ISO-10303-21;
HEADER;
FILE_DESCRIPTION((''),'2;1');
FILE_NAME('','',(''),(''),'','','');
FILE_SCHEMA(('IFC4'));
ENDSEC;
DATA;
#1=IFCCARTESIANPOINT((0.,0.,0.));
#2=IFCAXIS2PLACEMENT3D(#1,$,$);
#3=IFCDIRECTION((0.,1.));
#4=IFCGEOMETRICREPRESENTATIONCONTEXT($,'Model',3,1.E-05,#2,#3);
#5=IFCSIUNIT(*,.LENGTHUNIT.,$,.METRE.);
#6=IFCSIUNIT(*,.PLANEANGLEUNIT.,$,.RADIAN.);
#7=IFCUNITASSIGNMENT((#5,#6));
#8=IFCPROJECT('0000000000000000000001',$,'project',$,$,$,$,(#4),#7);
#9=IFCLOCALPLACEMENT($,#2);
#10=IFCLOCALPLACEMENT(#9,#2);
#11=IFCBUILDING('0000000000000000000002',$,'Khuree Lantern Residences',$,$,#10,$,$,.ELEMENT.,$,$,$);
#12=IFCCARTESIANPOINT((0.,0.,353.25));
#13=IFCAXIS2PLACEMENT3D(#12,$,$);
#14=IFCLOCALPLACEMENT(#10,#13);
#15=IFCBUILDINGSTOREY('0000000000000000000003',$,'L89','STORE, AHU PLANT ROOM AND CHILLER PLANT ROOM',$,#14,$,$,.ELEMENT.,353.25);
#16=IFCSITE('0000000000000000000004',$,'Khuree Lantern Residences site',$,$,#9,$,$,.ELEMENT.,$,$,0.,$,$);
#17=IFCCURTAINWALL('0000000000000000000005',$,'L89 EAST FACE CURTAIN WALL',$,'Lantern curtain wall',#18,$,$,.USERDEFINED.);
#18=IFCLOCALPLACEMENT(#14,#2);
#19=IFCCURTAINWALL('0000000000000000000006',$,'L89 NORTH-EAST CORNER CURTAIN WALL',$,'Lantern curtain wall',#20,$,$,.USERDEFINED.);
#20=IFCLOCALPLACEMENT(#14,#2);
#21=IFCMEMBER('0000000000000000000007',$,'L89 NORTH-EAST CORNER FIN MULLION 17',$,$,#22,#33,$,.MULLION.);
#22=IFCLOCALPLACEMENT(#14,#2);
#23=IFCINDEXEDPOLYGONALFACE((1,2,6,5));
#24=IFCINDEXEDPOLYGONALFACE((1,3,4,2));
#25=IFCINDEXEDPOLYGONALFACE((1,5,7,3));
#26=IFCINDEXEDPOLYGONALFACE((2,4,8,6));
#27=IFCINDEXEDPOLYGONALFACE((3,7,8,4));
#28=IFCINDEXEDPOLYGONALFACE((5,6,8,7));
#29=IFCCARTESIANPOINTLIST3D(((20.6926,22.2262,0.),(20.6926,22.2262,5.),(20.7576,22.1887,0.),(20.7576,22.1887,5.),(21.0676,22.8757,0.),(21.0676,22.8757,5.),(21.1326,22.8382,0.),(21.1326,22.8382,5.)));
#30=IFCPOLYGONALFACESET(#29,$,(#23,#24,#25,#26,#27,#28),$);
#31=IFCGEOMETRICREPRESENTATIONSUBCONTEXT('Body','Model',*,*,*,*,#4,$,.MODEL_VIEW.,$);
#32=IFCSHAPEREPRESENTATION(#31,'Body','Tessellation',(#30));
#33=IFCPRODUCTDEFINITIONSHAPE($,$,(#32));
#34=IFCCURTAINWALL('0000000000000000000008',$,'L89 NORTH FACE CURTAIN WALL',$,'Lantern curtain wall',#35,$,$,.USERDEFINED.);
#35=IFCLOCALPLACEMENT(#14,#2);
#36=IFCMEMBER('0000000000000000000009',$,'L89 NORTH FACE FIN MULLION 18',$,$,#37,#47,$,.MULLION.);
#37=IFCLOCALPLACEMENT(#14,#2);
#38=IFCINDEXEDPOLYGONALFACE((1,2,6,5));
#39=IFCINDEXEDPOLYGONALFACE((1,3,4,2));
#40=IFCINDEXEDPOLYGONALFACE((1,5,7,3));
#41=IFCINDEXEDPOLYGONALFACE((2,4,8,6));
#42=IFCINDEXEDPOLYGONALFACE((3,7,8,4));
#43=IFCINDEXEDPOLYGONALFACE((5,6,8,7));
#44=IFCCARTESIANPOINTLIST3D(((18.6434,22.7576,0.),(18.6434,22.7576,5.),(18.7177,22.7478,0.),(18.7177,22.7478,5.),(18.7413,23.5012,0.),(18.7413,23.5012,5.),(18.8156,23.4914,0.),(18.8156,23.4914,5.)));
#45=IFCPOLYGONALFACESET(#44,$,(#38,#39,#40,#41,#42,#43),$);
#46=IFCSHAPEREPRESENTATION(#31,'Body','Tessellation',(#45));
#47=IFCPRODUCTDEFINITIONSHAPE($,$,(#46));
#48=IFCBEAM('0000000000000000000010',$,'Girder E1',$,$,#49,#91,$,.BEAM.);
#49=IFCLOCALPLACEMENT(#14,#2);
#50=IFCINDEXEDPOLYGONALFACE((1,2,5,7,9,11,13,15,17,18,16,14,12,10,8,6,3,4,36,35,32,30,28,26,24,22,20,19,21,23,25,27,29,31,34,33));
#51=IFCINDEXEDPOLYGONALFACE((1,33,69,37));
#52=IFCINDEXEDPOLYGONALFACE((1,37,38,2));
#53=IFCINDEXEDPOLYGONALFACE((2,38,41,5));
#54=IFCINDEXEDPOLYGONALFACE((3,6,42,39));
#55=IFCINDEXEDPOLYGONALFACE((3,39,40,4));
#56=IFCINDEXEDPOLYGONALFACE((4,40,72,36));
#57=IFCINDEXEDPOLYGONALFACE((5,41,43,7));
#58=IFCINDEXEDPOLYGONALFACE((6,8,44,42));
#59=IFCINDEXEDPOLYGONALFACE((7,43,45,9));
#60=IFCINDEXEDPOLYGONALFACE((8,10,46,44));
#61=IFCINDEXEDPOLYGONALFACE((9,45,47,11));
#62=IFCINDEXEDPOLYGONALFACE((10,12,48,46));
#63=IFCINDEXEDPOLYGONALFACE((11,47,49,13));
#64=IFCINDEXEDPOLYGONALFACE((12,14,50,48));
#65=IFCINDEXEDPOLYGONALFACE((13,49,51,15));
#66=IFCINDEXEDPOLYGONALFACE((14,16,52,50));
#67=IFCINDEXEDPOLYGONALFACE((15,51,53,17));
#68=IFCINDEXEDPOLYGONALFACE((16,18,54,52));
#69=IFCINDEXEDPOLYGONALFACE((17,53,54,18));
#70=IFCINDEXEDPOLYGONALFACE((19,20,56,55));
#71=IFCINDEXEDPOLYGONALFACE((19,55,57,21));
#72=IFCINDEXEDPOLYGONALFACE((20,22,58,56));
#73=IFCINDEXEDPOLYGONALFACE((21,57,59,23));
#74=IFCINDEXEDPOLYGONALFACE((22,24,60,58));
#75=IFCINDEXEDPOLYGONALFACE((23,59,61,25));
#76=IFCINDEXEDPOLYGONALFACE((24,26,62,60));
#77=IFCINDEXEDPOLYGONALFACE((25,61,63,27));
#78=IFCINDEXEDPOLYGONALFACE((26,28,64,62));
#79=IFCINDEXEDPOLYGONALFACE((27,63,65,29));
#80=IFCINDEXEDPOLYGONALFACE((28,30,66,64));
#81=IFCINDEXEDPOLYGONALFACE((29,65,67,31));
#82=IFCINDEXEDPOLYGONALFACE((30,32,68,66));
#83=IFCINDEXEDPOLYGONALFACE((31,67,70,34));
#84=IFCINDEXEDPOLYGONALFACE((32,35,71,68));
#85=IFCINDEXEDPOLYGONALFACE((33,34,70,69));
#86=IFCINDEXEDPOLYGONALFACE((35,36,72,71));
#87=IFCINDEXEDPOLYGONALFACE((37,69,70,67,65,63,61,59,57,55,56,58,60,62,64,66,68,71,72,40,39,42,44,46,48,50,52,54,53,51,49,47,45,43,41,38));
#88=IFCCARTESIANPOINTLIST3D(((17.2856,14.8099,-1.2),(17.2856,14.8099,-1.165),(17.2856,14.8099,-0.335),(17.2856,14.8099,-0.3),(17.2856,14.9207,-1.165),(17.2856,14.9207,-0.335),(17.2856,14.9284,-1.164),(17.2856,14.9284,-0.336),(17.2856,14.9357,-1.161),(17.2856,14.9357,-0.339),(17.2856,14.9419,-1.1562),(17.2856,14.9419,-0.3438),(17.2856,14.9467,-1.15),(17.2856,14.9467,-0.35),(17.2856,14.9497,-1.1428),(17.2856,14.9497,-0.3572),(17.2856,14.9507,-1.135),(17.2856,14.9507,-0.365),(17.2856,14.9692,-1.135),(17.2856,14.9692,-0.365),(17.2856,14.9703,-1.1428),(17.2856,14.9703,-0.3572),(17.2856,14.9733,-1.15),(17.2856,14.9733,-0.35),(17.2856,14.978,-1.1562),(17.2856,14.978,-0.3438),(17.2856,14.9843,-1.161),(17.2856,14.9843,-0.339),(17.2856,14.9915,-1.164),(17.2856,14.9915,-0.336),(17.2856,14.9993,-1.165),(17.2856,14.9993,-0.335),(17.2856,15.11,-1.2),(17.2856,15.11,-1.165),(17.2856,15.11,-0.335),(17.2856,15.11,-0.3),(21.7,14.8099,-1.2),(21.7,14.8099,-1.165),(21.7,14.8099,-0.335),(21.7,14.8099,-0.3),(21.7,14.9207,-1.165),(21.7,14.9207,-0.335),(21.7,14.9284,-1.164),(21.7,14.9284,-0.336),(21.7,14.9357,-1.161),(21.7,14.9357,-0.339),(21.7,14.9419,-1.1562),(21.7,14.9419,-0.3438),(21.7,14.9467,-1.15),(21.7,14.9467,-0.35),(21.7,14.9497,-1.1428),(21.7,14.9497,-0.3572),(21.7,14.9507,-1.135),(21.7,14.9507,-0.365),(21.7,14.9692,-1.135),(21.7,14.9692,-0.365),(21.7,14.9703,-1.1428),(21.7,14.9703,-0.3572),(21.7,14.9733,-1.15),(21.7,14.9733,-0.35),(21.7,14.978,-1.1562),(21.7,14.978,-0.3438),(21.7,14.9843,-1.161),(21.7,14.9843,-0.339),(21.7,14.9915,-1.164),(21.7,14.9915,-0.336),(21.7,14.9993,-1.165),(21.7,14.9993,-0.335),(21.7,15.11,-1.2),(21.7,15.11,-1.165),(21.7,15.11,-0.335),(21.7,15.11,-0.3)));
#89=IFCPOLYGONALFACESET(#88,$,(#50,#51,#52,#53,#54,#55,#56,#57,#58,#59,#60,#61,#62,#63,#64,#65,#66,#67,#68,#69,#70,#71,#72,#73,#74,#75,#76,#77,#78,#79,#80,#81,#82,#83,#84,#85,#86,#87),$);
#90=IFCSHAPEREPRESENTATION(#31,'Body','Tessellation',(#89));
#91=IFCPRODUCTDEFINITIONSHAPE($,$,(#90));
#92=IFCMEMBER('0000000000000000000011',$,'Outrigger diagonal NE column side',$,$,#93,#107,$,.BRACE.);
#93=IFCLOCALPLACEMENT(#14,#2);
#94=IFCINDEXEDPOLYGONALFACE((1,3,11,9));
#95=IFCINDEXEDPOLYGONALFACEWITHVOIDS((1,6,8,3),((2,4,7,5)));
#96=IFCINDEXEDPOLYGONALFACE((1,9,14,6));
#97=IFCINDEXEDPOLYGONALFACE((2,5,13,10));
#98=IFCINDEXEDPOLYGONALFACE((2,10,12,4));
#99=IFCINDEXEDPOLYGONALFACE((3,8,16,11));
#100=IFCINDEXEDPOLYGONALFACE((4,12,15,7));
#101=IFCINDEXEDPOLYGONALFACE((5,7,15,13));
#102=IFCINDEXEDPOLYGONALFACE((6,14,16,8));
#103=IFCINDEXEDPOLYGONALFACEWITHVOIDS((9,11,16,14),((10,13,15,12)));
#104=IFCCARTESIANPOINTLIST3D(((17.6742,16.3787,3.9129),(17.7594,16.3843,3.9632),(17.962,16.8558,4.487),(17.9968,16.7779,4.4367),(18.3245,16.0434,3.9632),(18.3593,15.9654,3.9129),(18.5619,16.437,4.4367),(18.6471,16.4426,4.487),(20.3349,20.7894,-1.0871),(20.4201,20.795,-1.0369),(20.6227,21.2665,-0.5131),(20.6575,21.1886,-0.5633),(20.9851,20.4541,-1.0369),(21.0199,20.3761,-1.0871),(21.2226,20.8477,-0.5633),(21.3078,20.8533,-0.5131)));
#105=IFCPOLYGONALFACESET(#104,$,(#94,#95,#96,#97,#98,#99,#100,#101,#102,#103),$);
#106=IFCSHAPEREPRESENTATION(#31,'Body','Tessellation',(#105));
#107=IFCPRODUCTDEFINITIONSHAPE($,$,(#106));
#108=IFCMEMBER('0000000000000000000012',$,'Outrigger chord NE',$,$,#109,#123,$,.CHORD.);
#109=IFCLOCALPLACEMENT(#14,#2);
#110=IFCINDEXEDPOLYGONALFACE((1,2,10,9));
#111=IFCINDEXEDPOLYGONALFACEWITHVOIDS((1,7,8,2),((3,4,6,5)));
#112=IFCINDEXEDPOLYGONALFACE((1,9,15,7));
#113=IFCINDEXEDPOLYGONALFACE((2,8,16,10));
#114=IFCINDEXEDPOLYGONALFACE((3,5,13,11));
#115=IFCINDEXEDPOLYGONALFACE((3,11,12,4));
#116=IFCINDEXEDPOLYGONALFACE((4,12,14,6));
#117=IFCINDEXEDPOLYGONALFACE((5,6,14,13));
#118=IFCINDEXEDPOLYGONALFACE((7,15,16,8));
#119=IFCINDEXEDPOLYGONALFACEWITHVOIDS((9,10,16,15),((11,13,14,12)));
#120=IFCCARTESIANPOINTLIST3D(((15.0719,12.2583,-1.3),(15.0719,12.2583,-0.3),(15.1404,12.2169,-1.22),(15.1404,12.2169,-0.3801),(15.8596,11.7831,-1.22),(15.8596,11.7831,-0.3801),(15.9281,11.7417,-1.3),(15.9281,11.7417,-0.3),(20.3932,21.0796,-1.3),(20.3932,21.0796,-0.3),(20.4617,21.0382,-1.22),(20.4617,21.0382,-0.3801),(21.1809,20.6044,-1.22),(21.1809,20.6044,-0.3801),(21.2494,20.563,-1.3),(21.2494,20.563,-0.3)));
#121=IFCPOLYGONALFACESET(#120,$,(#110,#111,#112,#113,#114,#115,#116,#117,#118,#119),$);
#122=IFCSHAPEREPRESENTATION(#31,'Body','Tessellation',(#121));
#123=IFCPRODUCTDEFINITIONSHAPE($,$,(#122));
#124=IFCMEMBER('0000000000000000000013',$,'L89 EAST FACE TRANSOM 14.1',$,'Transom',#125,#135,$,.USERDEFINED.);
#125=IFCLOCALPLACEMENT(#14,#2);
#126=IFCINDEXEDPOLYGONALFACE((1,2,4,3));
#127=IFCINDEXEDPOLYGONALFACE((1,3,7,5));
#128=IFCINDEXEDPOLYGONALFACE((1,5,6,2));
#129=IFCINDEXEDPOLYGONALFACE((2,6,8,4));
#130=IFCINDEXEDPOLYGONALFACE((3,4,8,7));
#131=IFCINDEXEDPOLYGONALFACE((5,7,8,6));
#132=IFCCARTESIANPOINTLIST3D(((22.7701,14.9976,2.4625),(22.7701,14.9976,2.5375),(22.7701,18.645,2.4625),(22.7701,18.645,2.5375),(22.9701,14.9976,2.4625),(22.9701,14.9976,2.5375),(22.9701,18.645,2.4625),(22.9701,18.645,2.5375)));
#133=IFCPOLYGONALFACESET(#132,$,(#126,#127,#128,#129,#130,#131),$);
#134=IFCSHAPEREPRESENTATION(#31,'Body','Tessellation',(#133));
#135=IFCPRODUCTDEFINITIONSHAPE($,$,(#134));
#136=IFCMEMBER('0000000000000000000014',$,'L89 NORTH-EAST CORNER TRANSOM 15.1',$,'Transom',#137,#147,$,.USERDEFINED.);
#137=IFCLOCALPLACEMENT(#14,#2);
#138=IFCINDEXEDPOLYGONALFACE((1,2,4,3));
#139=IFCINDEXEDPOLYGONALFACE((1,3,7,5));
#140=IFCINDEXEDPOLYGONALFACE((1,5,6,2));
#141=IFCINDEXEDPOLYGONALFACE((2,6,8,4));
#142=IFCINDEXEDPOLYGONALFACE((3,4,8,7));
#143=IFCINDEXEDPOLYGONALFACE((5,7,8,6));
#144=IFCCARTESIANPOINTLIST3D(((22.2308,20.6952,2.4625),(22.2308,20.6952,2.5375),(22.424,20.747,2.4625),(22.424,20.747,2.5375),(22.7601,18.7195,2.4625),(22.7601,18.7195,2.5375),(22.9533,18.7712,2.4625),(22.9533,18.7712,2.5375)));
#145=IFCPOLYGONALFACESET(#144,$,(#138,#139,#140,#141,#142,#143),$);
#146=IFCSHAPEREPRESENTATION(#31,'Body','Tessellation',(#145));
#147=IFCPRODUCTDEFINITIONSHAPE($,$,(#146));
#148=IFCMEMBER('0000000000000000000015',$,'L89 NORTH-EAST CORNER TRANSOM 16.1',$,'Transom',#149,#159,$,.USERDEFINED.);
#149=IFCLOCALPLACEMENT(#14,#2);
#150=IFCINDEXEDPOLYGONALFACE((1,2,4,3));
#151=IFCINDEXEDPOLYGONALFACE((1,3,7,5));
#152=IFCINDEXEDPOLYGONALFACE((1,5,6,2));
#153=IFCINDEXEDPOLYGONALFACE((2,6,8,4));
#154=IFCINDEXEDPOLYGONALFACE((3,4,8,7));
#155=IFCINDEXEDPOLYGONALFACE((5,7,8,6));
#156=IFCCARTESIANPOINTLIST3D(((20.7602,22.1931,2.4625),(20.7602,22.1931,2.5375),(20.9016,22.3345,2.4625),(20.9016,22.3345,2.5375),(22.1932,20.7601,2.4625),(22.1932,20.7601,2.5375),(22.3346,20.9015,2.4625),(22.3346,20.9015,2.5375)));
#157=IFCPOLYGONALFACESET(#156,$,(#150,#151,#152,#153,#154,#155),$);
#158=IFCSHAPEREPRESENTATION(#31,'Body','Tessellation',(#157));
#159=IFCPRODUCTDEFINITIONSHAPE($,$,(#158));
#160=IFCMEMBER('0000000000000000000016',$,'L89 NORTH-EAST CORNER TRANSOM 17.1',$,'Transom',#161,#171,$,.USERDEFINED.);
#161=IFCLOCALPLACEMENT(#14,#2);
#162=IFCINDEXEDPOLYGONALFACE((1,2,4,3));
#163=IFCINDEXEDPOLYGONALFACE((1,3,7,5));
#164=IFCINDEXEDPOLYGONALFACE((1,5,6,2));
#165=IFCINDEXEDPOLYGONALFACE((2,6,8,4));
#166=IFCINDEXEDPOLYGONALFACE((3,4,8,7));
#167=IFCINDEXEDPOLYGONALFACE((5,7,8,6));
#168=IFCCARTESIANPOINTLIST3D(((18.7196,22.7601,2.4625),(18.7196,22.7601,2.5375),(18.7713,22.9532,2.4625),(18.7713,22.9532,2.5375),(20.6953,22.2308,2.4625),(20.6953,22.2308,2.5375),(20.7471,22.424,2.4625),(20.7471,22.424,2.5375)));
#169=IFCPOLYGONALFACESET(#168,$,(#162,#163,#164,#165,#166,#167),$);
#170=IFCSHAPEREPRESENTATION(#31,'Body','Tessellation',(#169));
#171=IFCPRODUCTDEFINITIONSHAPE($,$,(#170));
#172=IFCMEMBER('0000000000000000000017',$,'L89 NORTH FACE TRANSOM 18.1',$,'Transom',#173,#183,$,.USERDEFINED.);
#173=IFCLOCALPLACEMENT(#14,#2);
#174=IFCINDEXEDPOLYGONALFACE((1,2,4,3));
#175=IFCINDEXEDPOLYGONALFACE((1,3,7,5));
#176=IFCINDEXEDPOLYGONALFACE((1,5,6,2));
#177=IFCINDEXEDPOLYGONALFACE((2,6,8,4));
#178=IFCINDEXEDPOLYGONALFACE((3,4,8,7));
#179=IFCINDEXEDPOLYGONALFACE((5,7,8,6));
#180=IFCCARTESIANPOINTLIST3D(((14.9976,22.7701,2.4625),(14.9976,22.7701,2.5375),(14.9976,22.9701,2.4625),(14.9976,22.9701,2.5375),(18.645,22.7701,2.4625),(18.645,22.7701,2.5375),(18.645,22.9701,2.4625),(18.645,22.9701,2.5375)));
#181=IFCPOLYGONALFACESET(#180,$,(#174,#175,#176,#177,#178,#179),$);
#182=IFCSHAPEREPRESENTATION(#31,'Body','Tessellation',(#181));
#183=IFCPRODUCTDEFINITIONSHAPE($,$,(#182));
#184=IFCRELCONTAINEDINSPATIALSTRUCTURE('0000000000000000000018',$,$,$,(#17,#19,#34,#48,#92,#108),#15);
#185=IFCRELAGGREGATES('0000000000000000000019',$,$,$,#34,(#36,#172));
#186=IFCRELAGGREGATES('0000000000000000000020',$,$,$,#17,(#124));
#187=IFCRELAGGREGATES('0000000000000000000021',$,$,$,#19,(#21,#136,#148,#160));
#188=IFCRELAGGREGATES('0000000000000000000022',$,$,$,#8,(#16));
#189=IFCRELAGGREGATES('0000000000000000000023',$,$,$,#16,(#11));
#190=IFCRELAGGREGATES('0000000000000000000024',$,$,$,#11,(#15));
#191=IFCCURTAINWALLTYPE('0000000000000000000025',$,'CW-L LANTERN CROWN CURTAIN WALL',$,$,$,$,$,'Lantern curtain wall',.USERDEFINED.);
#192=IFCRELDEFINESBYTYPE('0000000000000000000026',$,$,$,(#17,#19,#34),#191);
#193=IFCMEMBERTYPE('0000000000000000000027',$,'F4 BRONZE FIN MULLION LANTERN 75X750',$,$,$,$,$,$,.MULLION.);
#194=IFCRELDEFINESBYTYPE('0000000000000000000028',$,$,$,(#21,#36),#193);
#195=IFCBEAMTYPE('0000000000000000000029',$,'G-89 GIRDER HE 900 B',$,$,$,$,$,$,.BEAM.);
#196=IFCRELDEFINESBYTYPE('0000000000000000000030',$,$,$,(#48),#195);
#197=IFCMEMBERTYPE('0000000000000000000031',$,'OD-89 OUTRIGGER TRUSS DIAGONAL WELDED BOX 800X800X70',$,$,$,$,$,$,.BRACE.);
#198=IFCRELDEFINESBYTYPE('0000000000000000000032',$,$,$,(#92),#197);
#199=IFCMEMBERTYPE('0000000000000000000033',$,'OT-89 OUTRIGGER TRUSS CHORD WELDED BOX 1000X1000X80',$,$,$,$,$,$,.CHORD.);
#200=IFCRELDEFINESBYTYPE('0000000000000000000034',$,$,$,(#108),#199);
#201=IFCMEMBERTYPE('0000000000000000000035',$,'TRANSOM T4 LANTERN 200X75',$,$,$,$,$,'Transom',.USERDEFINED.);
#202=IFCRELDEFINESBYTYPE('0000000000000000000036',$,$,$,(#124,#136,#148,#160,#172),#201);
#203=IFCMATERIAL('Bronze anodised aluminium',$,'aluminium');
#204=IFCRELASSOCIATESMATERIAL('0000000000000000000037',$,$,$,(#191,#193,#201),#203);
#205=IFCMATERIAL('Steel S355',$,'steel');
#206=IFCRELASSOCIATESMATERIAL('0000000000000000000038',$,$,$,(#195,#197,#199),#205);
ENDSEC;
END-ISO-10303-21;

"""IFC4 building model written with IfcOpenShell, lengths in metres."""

from ifc_helpers import new_model, si_unit, direction, frame, origin, origin_2d, place, context, subcontext, project, spatial, rectangle, hollow_rectangle, i_section, extrude, material, material_profile, profile_set, type_object, element, aggregate, save


model = new_model("IFC4")

# Units and contexts
model_context = context("Model", 3, precision=1e-05, world=origin(), true_north=direction((0.0, 1.0)))
body_context = subcontext(model_context, "Body", "Model", "MODEL_VIEW")
ifc_project = project(units=[si_unit("LENGTHUNIT", "METRE"), si_unit("PLANEANGLEUNIT", "RADIAN")], contexts=[model_context])

# Site, building, storey
site_placement = place(None, origin())
site = spatial("IfcSite", under=ifc_project, at=site_placement, Name="Khuree Lantern Residences site", CompositionType="ELEMENT", RefElevation=0.0)
building_placement = place(site_placement, origin())
building = spatial("IfcBuilding", under=site, at=building_placement, Name="Khuree Lantern Residences", CompositionType="ELEMENT")
storey_placement = place(building_placement, frame((0.0, 0.0, 353.25)))
storey = spatial("IfcBuildingStorey", under=building, at=storey_placement, Name="L89", Description="STORE, AHU PLANT ROOM AND CHILLER PLANT ROOM", CompositionType="ELEMENT", Elevation=353.25)

# Shared definitions
ifc_material_1 = material(Name="Steel S355", Category="steel")

# Curtain wall
ifc_material_2 = material(Name="Bronze anodised aluminium", Category="aluminium")
curtain_wall_type = type_object("IfcCurtainWallType", Name="CW-L LANTERN CROWN CURTAIN WALL", ElementType="Lantern curtain wall", PredefinedType="USERDEFINED", material=ifc_material_2)
curtain_wall_1_placement = place(storey_placement, origin())
curtain_wall_1 = element("IfcCurtainWall", 1, at=curtain_wall_1_placement, inside=storey, type_object=curtain_wall_type, Name="L89 EAST FACE CURTAIN WALL", ObjectType="Lantern curtain wall", PredefinedType="USERDEFINED")
ifc_material_profile_1 = material_profile(ifc_material_2, rectangle(XDim=0.075, YDim=0.75, at=origin_2d()), Name="F4 75X750")
ifc_profile_set_1 = profile_set([ifc_material_profile_1], Name="Bronze anodised aluminium")
member_type_1 = type_object("IfcMemberType", Name="F4 BRONZE FIN MULLION LANTERN 75X750", PredefinedType="MULLION", material=ifc_profile_set_1)

# Curtain wall, member
curtain_wall_2_placement = place(storey_placement, origin())
curtain_wall_2 = element("IfcCurtainWall", 2, at=curtain_wall_2_placement, inside=storey, type_object=curtain_wall_type, Name="L89 NORTH-EAST CORNER CURTAIN WALL", ObjectType="Lantern curtain wall", PredefinedType="USERDEFINED")
member_1_placement = place(storey_placement, frame((20.9126, 22.5322, 0.0), z_axis=(0.0, 0.0, 1.0), x_axis=(-0.866025, 0.5, 0.0)))
member_1 = element("IfcMember", 3, at=member_1_placement, type_object=member_type_1, Name="L89 NORTH-EAST CORNER FIN MULLION 17", PredefinedType="MULLION", context=body_context, shape_type="SweptSolid", body=[
    extrude(rectangle(XDim=0.075, YDim=0.75, at=origin_2d()), origin(), (0.0, 0.0, 1.0), 5.0),
])

# Curtain wall, member
curtain_wall_3_placement = place(storey_placement, origin())
curtain_wall_3 = element("IfcCurtainWall", 4, at=curtain_wall_3_placement, inside=storey, type_object=curtain_wall_type, Name="L89 NORTH FACE CURTAIN WALL", ObjectType="Lantern curtain wall", PredefinedType="USERDEFINED")
member_2_placement = place(storey_placement, frame((18.7295, 23.1245, 0.0), z_axis=(0.0, 0.0, 1.0), x_axis=(-0.991445, 0.130526, 0.0)))
member_2 = element("IfcMember", 5, at=member_2_placement, type_object=member_type_1, Name="L89 NORTH FACE FIN MULLION 18", PredefinedType="MULLION", context=body_context, shape_type="SweptSolid", body=[
    extrude(rectangle(XDim=0.075, YDim=0.75, at=origin_2d()), origin(), (0.0, 0.0, 1.0), 5.0),
])

# Beam
ifc_material_profile_2 = material_profile(ifc_material_1, i_section(OverallWidth=0.3, OverallDepth=0.8999, WebThickness=0.0186, FlangeThickness=0.0349, FilletRadius=0.03, at=origin_2d()), Name="HE 900 B")
ifc_profile_set_2 = profile_set([ifc_material_profile_2], Name="Steel S355")
beam_type_1 = type_object("IfcBeamType", Name="G-89 GIRDER HE 900 B", PredefinedType="BEAM", material=ifc_profile_set_2)
beam_1_placement = place(storey_placement, frame((21.7, 14.96, -0.75), z_axis=(-1.0, 0.0, 0.0), x_axis=(0.0, -1.0, 0.0)))
element("IfcBeam", 6, at=beam_1_placement, inside=storey, type_object=beam_type_1, Name="Girder E1", PredefinedType="BEAM", context=body_context, shape_type="SweptSolid", body=[
    extrude(i_section(OverallWidth=0.3, OverallDepth=0.8999, WebThickness=0.0186, FlangeThickness=0.0349, FilletRadius=0.03, at=origin_2d()), origin(), (0.0, 0.0, 1.0), 4.4143),
])

# Members
ifc_material_profile_3 = material_profile(ifc_material_1, hollow_rectangle(XDim=0.8, YDim=0.8, WallThickness=0.0701, at=origin_2d()), Name="WELDED BOX 800X800X70")
ifc_profile_set_3 = profile_set([ifc_material_profile_3], Name="Steel S355")
member_type_2 = type_object("IfcMemberType", Name="OD-89 OUTRIGGER TRUSS DIAGONAL WELDED BOX 800X800X70", PredefinedType="BRACE", material=ifc_profile_set_3)
member_3_placement = place(storey_placement, frame((18.1606, 16.4106, 4.2), z_axis=(0.370634, 0.614413, -0.696511), x_axis=(-0.856269, 0.51653, 0.0)))
element("IfcMember", 7, at=member_3_placement, inside=storey, type_object=member_type_2, Name="Outrigger diagonal NE column side", PredefinedType="BRACE", context=body_context, shape_type="SweptSolid", body=[
    extrude(hollow_rectangle(XDim=0.8, YDim=0.8, WallThickness=0.0701, at=origin_2d()), origin(), (0.0, 0.0, 1.0), 7.1787),
])
ifc_material_profile_4 = material_profile(ifc_material_1, hollow_rectangle(XDim=1.0, YDim=1.0, WallThickness=0.0801, at=origin_2d()), Name="WELDED BOX 1000X1000X80")
ifc_profile_set_4 = profile_set([ifc_material_profile_4], Name="Steel S355")
member_type_3 = type_object("IfcMemberType", Name="OT-89 OUTRIGGER TRUSS CHORD WELDED BOX 1000X1000X80", PredefinedType="CHORD", material=ifc_profile_set_4)
member_4_placement = place(storey_placement, frame((20.8213, 20.8213, -0.8), z_axis=(-0.51653, -0.856269, 0.0), x_axis=(0.856269, -0.51653, 0.0)))
element("IfcMember", 8, at=member_4_placement, inside=storey, type_object=member_type_3, Name="Outrigger chord NE", PredefinedType="CHORD", context=body_context, shape_type="SweptSolid", body=[
    extrude(hollow_rectangle(XDim=1.0, YDim=1.0, WallThickness=0.0801, at=origin_2d()), origin(), (0.0, 0.0, 1.0), 10.302),
])

# Members
ifc_material_profile_5 = material_profile(ifc_material_2, rectangle(XDim=0.2, YDim=0.075, at=origin_2d()), Name="T4 200X75")
ifc_profile_set_5 = profile_set([ifc_material_profile_5], Name="Bronze anodised aluminium")
member_type_4 = type_object("IfcMemberType", Name="TRANSOM T4 LANTERN 200X75", ElementType="Transom", PredefinedType="USERDEFINED", material=ifc_profile_set_5)
member_5_placement = place(storey_placement, frame((22.8701, 14.9976, 2.5), z_axis=(0.0, 1.0, 0.0), x_axis=(-1.0, 0.0, 0.0)))
member_5 = element("IfcMember", 9, at=member_5_placement, type_object=member_type_4, Name="L89 EAST FACE TRANSOM 14.1", ObjectType="Transom", PredefinedType="USERDEFINED", context=body_context, shape_type="SweptSolid", body=[
    extrude(rectangle(XDim=0.2, YDim=0.075, at=origin_2d()), origin(), (0.0, 0.0, 1.0), 3.6475),
])
member_6_placement = place(storey_placement, frame((22.8567, 18.7454, 2.5), z_axis=(-0.258762, 0.965941, 0.0), x_axis=(-0.965941, -0.258762, 0.0)))
member_6 = element("IfcMember", 10, at=member_6_placement, type_object=member_type_4, Name="L89 NORTH-EAST CORNER TRANSOM 15.1", ObjectType="Transom", PredefinedType="USERDEFINED", context=body_context, shape_type="SweptSolid", body=[
    extrude(rectangle(XDim=0.2, YDim=0.075, at=origin_2d()), origin(), (0.0, 0.0, 1.0), 2.0454),
])
member_7_placement = place(storey_placement, frame((22.2639, 20.8308, 2.5), z_axis=(-0.707107, 0.707107, 0.0), x_axis=(-0.707107, -0.707107, 0.0)))
member_7 = element("IfcMember", 11, at=member_7_placement, type_object=member_type_4, Name="L89 NORTH-EAST CORNER TRANSOM 16.1", ObjectType="Transom", PredefinedType="USERDEFINED", context=body_context, shape_type="SweptSolid", body=[
    extrude(rectangle(XDim=0.2, YDim=0.075, at=origin_2d()), origin(), (0.0, 0.0, 1.0), 2.0266),
])
member_8_placement = place(storey_placement, frame((20.7212, 22.3274, 2.5), z_axis=(-0.965941, 0.258762, 0.0), x_axis=(-0.258762, -0.965941, 0.0)))
member_8 = element("IfcMember", 12, at=member_8_placement, type_object=member_type_4, Name="L89 NORTH-EAST CORNER TRANSOM 17.1", ObjectType="Transom", PredefinedType="USERDEFINED", context=body_context, shape_type="SweptSolid", body=[
    extrude(rectangle(XDim=0.2, YDim=0.075, at=origin_2d()), origin(), (0.0, 0.0, 1.0), 2.0454),
])
member_9_placement = place(storey_placement, frame((18.645, 22.8701, 2.5), z_axis=(-1.0, 0.0, 0.0), x_axis=(0.0, -1.0, 0.0)))
member_9 = element("IfcMember", 13, at=member_9_placement, type_object=member_type_4, Name="L89 NORTH FACE TRANSOM 18.1", ObjectType="Transom", PredefinedType="USERDEFINED", context=body_context, shape_type="SweptSolid", body=[
    extrude(rectangle(XDim=0.2, YDim=0.075, at=origin_2d()), origin(), (0.0, 0.0, 1.0), 3.6475),
])
aggregate(curtain_wall_3, [member_2, member_9])

aggregate(curtain_wall_1, [member_5])
aggregate(curtain_wall_2, [member_1, member_6, member_7, member_8])

save(model, "model.ifc")
